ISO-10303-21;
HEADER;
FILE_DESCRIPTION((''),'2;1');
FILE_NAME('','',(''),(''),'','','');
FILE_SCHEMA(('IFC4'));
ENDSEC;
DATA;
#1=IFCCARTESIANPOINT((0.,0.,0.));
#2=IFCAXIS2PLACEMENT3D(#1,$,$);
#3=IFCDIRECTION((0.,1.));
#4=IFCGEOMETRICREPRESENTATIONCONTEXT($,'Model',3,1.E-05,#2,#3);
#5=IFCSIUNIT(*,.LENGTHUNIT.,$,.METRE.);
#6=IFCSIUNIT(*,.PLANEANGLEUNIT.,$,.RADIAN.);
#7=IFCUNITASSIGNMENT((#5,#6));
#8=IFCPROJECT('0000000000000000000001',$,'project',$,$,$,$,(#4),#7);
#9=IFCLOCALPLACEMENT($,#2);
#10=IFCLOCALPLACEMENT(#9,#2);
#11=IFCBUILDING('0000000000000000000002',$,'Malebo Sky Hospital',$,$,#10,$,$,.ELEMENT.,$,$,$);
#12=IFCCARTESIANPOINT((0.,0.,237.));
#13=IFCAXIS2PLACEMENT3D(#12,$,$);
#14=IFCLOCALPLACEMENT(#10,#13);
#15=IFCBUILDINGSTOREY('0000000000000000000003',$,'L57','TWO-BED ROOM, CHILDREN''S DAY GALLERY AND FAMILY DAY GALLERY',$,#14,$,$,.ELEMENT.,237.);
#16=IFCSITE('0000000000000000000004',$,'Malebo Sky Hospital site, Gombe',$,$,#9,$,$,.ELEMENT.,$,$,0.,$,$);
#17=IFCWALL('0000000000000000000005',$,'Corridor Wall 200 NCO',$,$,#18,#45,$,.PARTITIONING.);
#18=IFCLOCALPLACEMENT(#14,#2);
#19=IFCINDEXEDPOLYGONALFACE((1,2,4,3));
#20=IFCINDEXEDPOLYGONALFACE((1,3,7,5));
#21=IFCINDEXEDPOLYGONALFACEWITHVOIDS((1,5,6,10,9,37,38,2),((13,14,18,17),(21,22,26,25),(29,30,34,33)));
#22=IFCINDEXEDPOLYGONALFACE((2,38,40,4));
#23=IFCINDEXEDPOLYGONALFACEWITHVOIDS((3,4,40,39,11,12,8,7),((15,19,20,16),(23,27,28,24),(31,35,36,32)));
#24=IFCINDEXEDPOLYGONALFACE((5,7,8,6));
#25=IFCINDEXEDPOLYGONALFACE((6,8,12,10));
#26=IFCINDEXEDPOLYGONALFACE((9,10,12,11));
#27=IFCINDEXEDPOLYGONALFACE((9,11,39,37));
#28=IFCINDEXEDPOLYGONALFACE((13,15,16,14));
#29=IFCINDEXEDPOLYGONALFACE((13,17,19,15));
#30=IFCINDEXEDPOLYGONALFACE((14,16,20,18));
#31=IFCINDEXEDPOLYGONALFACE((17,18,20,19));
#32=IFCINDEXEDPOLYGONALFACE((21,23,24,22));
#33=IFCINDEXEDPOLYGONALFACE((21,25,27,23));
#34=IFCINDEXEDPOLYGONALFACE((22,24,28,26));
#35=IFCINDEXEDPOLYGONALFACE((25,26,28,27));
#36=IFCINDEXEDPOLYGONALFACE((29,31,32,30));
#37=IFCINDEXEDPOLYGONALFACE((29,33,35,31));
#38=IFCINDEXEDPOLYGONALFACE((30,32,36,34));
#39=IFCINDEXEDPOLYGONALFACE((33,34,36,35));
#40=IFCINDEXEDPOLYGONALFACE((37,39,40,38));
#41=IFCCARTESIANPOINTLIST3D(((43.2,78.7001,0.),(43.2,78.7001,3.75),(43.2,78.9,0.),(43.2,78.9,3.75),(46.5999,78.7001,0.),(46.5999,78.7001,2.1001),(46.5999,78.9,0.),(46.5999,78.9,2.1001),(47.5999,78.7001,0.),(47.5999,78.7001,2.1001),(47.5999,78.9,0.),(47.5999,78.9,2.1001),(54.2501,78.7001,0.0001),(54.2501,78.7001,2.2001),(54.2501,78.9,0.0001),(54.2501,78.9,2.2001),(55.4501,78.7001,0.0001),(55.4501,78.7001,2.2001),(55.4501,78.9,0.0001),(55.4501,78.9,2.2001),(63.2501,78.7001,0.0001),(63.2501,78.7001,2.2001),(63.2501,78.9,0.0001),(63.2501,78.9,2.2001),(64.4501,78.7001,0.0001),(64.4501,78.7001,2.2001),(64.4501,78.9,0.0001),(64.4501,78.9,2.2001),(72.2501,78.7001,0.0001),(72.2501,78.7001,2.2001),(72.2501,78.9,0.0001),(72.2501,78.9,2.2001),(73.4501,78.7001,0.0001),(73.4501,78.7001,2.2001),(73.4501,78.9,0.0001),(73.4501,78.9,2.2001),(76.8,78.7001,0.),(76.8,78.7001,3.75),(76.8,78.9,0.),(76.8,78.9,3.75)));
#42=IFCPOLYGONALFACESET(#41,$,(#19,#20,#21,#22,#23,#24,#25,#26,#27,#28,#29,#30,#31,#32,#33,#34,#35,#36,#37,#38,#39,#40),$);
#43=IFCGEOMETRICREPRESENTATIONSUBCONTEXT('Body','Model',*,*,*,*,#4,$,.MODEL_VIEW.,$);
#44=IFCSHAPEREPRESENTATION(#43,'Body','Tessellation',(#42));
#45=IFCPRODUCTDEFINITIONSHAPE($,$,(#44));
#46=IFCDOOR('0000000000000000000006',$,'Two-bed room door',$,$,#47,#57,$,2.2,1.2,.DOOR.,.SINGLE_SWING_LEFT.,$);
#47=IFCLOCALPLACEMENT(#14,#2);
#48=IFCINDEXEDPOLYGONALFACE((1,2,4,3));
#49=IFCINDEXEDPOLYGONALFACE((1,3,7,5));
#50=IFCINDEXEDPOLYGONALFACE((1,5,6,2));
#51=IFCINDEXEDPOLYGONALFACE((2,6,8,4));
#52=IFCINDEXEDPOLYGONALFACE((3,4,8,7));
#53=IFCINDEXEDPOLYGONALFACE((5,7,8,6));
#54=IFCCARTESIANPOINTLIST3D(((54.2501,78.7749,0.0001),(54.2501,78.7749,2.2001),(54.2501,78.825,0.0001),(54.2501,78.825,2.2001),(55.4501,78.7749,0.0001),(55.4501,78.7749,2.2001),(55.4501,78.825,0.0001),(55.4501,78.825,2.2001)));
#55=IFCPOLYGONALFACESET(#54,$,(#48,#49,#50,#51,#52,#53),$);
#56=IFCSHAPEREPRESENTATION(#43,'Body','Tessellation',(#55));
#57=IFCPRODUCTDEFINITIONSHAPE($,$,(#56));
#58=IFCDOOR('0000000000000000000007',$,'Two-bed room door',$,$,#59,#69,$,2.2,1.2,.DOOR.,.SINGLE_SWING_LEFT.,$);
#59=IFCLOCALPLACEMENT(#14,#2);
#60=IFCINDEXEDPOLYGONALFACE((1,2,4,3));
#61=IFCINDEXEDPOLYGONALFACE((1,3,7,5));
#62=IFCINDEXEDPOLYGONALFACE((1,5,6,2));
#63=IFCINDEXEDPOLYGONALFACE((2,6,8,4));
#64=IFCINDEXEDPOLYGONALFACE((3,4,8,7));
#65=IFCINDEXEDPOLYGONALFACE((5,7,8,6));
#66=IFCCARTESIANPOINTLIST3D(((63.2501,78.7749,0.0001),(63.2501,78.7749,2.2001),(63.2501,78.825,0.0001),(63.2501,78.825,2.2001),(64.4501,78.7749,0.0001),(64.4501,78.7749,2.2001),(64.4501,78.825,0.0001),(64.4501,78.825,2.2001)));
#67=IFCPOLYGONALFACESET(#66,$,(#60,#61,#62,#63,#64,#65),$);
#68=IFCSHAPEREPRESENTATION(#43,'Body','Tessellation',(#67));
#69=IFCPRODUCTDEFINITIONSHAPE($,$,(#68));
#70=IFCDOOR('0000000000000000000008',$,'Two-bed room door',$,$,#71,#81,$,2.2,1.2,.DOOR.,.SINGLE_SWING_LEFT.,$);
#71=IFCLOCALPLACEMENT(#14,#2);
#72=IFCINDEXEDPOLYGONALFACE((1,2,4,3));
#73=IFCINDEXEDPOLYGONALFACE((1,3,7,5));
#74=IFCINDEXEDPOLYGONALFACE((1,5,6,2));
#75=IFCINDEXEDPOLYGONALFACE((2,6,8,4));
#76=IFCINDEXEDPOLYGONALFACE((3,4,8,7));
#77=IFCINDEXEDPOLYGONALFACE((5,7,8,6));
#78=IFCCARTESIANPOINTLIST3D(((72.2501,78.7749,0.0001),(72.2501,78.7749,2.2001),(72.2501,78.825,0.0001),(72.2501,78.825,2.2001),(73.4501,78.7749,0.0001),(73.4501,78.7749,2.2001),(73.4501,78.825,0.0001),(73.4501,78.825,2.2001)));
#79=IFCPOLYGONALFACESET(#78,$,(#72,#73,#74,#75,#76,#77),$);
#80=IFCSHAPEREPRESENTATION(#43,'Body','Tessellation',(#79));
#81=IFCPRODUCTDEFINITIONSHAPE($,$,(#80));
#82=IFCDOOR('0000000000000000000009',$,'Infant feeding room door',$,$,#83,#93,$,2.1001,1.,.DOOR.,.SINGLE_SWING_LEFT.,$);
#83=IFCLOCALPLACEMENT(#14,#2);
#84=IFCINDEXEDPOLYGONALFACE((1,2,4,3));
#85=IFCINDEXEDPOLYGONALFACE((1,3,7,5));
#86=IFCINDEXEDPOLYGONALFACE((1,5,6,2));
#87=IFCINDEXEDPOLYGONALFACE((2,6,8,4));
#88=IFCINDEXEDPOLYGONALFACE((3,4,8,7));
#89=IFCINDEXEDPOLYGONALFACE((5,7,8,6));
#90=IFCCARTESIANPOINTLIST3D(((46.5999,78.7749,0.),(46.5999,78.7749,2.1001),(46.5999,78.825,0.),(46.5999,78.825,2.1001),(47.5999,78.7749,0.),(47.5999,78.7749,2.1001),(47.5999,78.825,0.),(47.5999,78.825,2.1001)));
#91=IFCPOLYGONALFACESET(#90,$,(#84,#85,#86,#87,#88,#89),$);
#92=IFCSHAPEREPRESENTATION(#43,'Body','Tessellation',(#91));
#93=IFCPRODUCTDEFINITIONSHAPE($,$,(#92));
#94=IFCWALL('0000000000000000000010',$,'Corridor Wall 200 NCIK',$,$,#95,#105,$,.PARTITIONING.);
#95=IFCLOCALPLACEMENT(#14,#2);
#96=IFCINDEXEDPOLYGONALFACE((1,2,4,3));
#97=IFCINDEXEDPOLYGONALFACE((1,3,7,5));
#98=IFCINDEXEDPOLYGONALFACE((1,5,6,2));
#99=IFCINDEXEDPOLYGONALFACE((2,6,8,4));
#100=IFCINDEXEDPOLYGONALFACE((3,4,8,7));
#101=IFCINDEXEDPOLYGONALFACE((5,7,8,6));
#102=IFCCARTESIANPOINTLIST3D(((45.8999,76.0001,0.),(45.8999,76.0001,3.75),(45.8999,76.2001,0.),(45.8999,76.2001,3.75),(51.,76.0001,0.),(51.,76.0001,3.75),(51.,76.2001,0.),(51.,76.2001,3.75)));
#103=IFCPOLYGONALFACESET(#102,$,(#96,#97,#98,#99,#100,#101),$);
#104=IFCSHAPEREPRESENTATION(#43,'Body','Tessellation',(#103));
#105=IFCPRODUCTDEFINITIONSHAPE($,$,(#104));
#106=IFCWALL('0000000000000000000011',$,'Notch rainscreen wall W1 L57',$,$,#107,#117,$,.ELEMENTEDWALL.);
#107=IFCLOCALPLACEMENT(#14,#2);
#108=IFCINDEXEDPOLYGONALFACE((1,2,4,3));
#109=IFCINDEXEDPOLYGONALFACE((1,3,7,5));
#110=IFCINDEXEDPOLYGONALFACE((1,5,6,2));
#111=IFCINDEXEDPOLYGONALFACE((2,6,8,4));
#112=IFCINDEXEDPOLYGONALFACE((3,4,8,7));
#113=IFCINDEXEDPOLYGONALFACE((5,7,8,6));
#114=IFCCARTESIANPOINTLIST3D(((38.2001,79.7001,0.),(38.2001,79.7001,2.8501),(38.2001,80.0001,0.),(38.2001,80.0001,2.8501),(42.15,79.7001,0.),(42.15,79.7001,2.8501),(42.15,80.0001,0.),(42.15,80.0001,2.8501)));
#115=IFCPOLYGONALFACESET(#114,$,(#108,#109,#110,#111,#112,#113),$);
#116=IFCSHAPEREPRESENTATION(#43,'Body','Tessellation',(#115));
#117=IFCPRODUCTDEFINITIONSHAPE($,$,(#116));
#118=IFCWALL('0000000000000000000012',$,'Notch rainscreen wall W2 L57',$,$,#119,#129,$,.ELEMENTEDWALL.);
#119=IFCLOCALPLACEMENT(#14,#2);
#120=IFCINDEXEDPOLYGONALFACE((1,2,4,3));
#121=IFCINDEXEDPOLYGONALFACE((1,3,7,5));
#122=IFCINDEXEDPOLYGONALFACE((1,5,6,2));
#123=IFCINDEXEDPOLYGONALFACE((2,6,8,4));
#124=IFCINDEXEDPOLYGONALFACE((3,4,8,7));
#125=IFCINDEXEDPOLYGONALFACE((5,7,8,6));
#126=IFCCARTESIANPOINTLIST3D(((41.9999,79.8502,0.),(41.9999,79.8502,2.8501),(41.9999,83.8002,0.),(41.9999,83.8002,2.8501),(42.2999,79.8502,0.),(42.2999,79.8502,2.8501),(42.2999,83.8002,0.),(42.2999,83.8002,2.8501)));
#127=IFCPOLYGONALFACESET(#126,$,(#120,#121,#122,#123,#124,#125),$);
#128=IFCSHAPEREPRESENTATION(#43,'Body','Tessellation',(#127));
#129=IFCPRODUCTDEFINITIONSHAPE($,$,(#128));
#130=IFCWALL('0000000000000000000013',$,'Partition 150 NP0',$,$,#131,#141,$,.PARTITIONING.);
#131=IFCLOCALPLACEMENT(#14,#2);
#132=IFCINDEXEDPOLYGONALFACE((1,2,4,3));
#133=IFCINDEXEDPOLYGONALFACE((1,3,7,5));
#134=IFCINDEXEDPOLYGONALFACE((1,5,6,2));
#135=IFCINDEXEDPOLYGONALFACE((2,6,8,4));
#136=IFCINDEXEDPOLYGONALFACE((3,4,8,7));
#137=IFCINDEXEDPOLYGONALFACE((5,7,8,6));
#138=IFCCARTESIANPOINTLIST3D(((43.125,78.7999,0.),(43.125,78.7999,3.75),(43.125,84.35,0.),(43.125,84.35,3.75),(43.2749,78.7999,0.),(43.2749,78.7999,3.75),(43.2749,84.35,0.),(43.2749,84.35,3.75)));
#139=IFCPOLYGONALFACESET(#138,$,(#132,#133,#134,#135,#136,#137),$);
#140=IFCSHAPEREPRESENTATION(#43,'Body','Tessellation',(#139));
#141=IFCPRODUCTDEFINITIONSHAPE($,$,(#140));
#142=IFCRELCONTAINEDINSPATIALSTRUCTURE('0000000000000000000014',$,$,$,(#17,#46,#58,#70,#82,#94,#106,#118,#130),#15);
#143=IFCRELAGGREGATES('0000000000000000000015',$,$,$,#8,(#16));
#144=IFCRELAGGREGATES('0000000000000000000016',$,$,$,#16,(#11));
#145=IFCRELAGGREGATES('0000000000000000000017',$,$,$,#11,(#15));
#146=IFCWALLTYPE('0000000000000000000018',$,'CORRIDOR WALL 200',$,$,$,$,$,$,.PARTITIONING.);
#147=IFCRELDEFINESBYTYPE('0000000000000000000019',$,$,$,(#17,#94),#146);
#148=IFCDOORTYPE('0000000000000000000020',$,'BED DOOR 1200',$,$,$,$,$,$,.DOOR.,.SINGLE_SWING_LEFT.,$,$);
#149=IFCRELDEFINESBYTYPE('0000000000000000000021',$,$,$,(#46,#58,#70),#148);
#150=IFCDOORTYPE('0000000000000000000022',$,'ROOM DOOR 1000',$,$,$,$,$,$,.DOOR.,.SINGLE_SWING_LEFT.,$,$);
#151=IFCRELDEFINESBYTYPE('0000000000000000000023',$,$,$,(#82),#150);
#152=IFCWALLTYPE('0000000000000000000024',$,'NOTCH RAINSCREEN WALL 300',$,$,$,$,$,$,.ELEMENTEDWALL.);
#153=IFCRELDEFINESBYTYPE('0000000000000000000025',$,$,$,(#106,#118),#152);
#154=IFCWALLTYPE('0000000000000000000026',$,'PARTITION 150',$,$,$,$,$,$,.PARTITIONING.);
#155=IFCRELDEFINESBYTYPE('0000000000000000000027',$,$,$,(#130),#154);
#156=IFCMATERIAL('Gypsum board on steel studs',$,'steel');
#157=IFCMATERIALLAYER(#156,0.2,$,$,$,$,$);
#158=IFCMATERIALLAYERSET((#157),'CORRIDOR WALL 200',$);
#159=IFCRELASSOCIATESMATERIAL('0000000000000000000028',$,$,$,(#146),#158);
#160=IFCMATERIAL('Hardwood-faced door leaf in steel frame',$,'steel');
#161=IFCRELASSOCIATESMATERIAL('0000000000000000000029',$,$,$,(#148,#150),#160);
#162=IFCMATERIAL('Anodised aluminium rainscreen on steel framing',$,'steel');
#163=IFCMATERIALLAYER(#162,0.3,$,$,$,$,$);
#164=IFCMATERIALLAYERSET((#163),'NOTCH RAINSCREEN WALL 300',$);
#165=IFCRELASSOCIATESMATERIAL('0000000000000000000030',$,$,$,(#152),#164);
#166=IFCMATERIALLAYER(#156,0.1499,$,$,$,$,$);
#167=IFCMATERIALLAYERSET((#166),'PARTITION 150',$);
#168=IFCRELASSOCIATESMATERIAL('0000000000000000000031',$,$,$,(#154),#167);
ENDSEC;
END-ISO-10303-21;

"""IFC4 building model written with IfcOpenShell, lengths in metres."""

from ifc_helpers import new_model, si_unit, direction, frame, frame_2d, origin, place, context, subcontext, project, spatial, rectangle, extrude, material, layer, layer_set, type_object, element, fill, save


model = new_model("IFC4")

# Units and contexts
model_context = context("Model", 3, precision=1e-05, world=origin(), true_north=direction((0.0, 1.0)))
body_context = subcontext(model_context, "Body", "Model", "MODEL_VIEW")
ifc_project = project(units=[si_unit("LENGTHUNIT", "METRE"), si_unit("PLANEANGLEUNIT", "RADIAN")], contexts=[model_context])

# Site, building, storey
site_placement = place(None, origin())
site = spatial("IfcSite", under=ifc_project, at=site_placement, Name="Malebo Sky Hospital site, Gombe", CompositionType="ELEMENT", RefElevation=0.0)
building_placement = place(site_placement, origin())
building = spatial("IfcBuilding", under=site, at=building_placement, Name="Malebo Sky Hospital", CompositionType="ELEMENT")
storey_placement = place(building_placement, frame((0.0, 0.0, 237.0)))
storey = spatial("IfcBuildingStorey", under=building, at=storey_placement, Name="L57", Description="TWO-BED ROOM, CHILDREN'S DAY GALLERY AND FAMILY DAY GALLERY", CompositionType="ELEMENT", Elevation=237.0)

# Wall, openings, doors
ifc_material_1 = material(Name="Gypsum board on steel studs", Category="steel")
ifc_layer_1 = layer(ifc_material_1, 0.2)
ifc_layer_set_1 = layer_set([ifc_layer_1], Name="CORRIDOR WALL 200")
wall_type_1 = type_object("IfcWallType", Name="CORRIDOR WALL 200", PredefinedType="PARTITIONING", material=ifc_layer_set_1)
wall_1_placement = place(storey_placement, frame((43.2, 78.8, 0.0), z_axis=(0.0, 0.0, 1.0), x_axis=(1.0, 0.0, 0.0)))
wall_1 = element("IfcWall", 1, at=wall_1_placement, inside=storey, type_object=wall_type_1, Name="Corridor Wall 200 NCO", PredefinedType="PARTITIONING", context=body_context, shape_type="SweptSolid", body=[
    extrude(rectangle(XDim=33.6001, YDim=0.2, at=frame_2d((16.8, 0.0))), origin(), (0.0, 0.0, 1.0), 3.75),
])
opening_1_placement = place(wall_1_placement, frame((3.3999, 0.0, 0.0)))
opening_1 = element("IfcOpeningElement", 2, at=opening_1_placement, cuts=wall_1, PredefinedType="OPENING", context=body_context, shape_type="SweptSolid", body=[
    extrude(rectangle(XDim=1.0, YDim=2.1001, at=frame_2d((0.5, 1.05))), frame((0.0, 0.1099, 0.0), z_axis=(0.0, -1.0, 0.0), x_axis=(1.0, 0.0, 0.0)), (0.0, 0.0, 1.0), 0.22),
])
opening_2_placement = place(wall_1_placement, frame((11.05, 0.0, 0.0)))
opening_2 = element("IfcOpeningElement", 3, at=opening_2_placement, cuts=wall_1, PredefinedType="OPENING", context=body_context, shape_type="SweptSolid", body=[
    extrude(rectangle(XDim=1.2, YDim=2.2, at=frame_2d((0.6001, 1.1001))), frame((0.0, 0.1099, 0.0), z_axis=(0.0, -1.0, 0.0), x_axis=(1.0, 0.0, 0.0)), (0.0, 0.0, 1.0), 0.22),
])
opening_3_placement = place(wall_1_placement, frame((20.05, 0.0, 0.0)))
opening_3 = element("IfcOpeningElement", 4, at=opening_3_placement, cuts=wall_1, PredefinedType="OPENING", context=body_context, shape_type="SweptSolid", body=[
    extrude(rectangle(XDim=1.2, YDim=2.2, at=frame_2d((0.6001, 1.1001))), frame((0.0, 0.1099, 0.0), z_axis=(0.0, -1.0, 0.0), x_axis=(1.0, 0.0, 0.0)), (0.0, 0.0, 1.0), 0.22),
])
opening_4_placement = place(wall_1_placement, frame((29.05, 0.0, 0.0)))
opening_4 = element("IfcOpeningElement", 5, at=opening_4_placement, cuts=wall_1, PredefinedType="OPENING", context=body_context, shape_type="SweptSolid", body=[
    extrude(rectangle(XDim=1.2, YDim=2.2, at=frame_2d((0.6001, 1.1001))), frame((0.0, 0.1099, 0.0), z_axis=(0.0, -1.0, 0.0), x_axis=(1.0, 0.0, 0.0)), (0.0, 0.0, 1.0), 0.22),
])
ifc_material_2 = material(Name="Hardwood-faced door leaf in steel frame", Category="steel")
door_type_1 = type_object("IfcDoorType", Name="BED DOOR 1200", OperationType="SINGLE_SWING_LEFT", PredefinedType="DOOR", material=ifc_material_2)
door_1_placement = place(opening_2_placement, origin())
door_1 = element("IfcDoor", 6, at=door_1_placement, inside=storey, type_object=door_type_1, Name="Two-bed room door", OperationType="SINGLE_SWING_LEFT", OverallHeight=2.2, OverallWidth=1.2, PredefinedType="DOOR", context=body_context, shape_type="SweptSolid", body=[
    extrude(rectangle(XDim=1.2, YDim=2.2, at=frame_2d((0.6001, 1.1001))), frame((0.0, 0.0249, 0.0), z_axis=(0.0, -1.0, 0.0), x_axis=(1.0, 0.0, 0.0)), (0.0, 0.0, 1.0), 0.05),
])
fill(opening_2, door_1)
door_2_placement = place(opening_3_placement, origin())
door_2 = element("IfcDoor", 7, at=door_2_placement, inside=storey, type_object=door_type_1, Name="Two-bed room door", OperationType="SINGLE_SWING_LEFT", OverallHeight=2.2, OverallWidth=1.2, PredefinedType="DOOR", context=body_context, shape_type="SweptSolid", body=[
    extrude(rectangle(XDim=1.2, YDim=2.2, at=frame_2d((0.6001, 1.1001))), frame((0.0, 0.0249, 0.0), z_axis=(0.0, -1.0, 0.0), x_axis=(1.0, 0.0, 0.0)), (0.0, 0.0, 1.0), 0.05),
])
fill(opening_3, door_2)
door_3_placement = place(opening_4_placement, origin())
door_3 = element("IfcDoor", 8, at=door_3_placement, inside=storey, type_object=door_type_1, Name="Two-bed room door", OperationType="SINGLE_SWING_LEFT", OverallHeight=2.2, OverallWidth=1.2, PredefinedType="DOOR", context=body_context, shape_type="SweptSolid", body=[
    extrude(rectangle(XDim=1.2, YDim=2.2, at=frame_2d((0.6001, 1.1001))), frame((0.0, 0.0249, 0.0), z_axis=(0.0, -1.0, 0.0), x_axis=(1.0, 0.0, 0.0)), (0.0, 0.0, 1.0), 0.05),
])
fill(opening_4, door_3)
door_type_2 = type_object("IfcDoorType", Name="ROOM DOOR 1000", OperationType="SINGLE_SWING_LEFT", PredefinedType="DOOR", material=ifc_material_2)
door_4_placement = place(opening_1_placement, origin())
door_4 = element("IfcDoor", 9, at=door_4_placement, inside=storey, type_object=door_type_2, Name="Infant feeding room door", OperationType="SINGLE_SWING_LEFT", OverallHeight=2.1001, OverallWidth=1.0, PredefinedType="DOOR", context=body_context, shape_type="SweptSolid", body=[
    extrude(rectangle(XDim=1.0, YDim=2.1001, at=frame_2d((0.5, 1.05))), frame((0.0, 0.0249, 0.0), z_axis=(0.0, -1.0, 0.0), x_axis=(1.0, 0.0, 0.0)), (0.0, 0.0, 1.0), 0.05),
])
fill(opening_1, door_4)

# Walls
wall_2_placement = place(storey_placement, frame((45.8999, 76.1001, 0.0), z_axis=(0.0, 0.0, 1.0), x_axis=(1.0, 0.0, 0.0)))
element("IfcWall", 10, at=wall_2_placement, inside=storey, type_object=wall_type_1, Name="Corridor Wall 200 NCIK", PredefinedType="PARTITIONING", context=body_context, shape_type="SweptSolid", body=[
    extrude(rectangle(XDim=5.1001, YDim=0.2, at=frame_2d((2.55, 0.0))), origin(), (0.0, 0.0, 1.0), 3.75),
])
ifc_material_3 = material(Name="Anodised aluminium rainscreen on steel framing", Category="steel")
ifc_layer_2 = layer(ifc_material_3, 0.3)
ifc_layer_set_2 = layer_set([ifc_layer_2], Name="NOTCH RAINSCREEN WALL 300")
wall_type_2 = type_object("IfcWallType", Name="NOTCH RAINSCREEN WALL 300", PredefinedType="ELEMENTEDWALL", material=ifc_layer_set_2)
for number, where, z_axis, x_axis, name in (
    (11, (38.2, 79.8501, 0.0), (0.0, 0.0, 1.0), (1.0, 0.0, 0.0), "Notch rainscreen wall W1 L57"),
    (12, (42.1499, 79.8501, 0.0), (0.0, 0.0, 1.0), (0.0, 1.0, 0.0), "Notch rainscreen wall W2 L57"),
):
    element("IfcWall", number, at=place(storey_placement, frame(where, z_axis=z_axis, x_axis=x_axis)), inside=storey, type_object=wall_type_2, Name=name, PredefinedType="ELEMENTEDWALL", context=body_context, shape_type="SweptSolid", body=[
        extrude(rectangle(XDim=3.95, YDim=0.3, at=frame_2d((1.9751, 0.0))), origin(), (0.0, 0.0, 1.0), 2.8501),
    ])
ifc_layer_3 = layer(ifc_material_1, 0.1499)
ifc_layer_set_3 = layer_set([ifc_layer_3], Name="PARTITION 150")
wall_type_3 = type_object("IfcWallType", Name="PARTITION 150", PredefinedType="PARTITIONING", material=ifc_layer_set_3)
wall_3_placement = place(storey_placement, frame((43.2, 78.8, 0.0), z_axis=(0.0, 0.0, 1.0), x_axis=(0.0, 1.0, 0.0)))
element("IfcWall", 13, at=wall_3_placement, inside=storey, type_object=wall_type_3, Name="Partition 150 NP0", PredefinedType="PARTITIONING", context=body_context, shape_type="SweptSolid", body=[
    extrude(rectangle(XDim=5.55, YDim=0.1499, at=frame_2d((2.7749, 0.0))), origin(), (0.0, 0.0, 1.0), 3.75),
])

save(model, "model.ifc")
